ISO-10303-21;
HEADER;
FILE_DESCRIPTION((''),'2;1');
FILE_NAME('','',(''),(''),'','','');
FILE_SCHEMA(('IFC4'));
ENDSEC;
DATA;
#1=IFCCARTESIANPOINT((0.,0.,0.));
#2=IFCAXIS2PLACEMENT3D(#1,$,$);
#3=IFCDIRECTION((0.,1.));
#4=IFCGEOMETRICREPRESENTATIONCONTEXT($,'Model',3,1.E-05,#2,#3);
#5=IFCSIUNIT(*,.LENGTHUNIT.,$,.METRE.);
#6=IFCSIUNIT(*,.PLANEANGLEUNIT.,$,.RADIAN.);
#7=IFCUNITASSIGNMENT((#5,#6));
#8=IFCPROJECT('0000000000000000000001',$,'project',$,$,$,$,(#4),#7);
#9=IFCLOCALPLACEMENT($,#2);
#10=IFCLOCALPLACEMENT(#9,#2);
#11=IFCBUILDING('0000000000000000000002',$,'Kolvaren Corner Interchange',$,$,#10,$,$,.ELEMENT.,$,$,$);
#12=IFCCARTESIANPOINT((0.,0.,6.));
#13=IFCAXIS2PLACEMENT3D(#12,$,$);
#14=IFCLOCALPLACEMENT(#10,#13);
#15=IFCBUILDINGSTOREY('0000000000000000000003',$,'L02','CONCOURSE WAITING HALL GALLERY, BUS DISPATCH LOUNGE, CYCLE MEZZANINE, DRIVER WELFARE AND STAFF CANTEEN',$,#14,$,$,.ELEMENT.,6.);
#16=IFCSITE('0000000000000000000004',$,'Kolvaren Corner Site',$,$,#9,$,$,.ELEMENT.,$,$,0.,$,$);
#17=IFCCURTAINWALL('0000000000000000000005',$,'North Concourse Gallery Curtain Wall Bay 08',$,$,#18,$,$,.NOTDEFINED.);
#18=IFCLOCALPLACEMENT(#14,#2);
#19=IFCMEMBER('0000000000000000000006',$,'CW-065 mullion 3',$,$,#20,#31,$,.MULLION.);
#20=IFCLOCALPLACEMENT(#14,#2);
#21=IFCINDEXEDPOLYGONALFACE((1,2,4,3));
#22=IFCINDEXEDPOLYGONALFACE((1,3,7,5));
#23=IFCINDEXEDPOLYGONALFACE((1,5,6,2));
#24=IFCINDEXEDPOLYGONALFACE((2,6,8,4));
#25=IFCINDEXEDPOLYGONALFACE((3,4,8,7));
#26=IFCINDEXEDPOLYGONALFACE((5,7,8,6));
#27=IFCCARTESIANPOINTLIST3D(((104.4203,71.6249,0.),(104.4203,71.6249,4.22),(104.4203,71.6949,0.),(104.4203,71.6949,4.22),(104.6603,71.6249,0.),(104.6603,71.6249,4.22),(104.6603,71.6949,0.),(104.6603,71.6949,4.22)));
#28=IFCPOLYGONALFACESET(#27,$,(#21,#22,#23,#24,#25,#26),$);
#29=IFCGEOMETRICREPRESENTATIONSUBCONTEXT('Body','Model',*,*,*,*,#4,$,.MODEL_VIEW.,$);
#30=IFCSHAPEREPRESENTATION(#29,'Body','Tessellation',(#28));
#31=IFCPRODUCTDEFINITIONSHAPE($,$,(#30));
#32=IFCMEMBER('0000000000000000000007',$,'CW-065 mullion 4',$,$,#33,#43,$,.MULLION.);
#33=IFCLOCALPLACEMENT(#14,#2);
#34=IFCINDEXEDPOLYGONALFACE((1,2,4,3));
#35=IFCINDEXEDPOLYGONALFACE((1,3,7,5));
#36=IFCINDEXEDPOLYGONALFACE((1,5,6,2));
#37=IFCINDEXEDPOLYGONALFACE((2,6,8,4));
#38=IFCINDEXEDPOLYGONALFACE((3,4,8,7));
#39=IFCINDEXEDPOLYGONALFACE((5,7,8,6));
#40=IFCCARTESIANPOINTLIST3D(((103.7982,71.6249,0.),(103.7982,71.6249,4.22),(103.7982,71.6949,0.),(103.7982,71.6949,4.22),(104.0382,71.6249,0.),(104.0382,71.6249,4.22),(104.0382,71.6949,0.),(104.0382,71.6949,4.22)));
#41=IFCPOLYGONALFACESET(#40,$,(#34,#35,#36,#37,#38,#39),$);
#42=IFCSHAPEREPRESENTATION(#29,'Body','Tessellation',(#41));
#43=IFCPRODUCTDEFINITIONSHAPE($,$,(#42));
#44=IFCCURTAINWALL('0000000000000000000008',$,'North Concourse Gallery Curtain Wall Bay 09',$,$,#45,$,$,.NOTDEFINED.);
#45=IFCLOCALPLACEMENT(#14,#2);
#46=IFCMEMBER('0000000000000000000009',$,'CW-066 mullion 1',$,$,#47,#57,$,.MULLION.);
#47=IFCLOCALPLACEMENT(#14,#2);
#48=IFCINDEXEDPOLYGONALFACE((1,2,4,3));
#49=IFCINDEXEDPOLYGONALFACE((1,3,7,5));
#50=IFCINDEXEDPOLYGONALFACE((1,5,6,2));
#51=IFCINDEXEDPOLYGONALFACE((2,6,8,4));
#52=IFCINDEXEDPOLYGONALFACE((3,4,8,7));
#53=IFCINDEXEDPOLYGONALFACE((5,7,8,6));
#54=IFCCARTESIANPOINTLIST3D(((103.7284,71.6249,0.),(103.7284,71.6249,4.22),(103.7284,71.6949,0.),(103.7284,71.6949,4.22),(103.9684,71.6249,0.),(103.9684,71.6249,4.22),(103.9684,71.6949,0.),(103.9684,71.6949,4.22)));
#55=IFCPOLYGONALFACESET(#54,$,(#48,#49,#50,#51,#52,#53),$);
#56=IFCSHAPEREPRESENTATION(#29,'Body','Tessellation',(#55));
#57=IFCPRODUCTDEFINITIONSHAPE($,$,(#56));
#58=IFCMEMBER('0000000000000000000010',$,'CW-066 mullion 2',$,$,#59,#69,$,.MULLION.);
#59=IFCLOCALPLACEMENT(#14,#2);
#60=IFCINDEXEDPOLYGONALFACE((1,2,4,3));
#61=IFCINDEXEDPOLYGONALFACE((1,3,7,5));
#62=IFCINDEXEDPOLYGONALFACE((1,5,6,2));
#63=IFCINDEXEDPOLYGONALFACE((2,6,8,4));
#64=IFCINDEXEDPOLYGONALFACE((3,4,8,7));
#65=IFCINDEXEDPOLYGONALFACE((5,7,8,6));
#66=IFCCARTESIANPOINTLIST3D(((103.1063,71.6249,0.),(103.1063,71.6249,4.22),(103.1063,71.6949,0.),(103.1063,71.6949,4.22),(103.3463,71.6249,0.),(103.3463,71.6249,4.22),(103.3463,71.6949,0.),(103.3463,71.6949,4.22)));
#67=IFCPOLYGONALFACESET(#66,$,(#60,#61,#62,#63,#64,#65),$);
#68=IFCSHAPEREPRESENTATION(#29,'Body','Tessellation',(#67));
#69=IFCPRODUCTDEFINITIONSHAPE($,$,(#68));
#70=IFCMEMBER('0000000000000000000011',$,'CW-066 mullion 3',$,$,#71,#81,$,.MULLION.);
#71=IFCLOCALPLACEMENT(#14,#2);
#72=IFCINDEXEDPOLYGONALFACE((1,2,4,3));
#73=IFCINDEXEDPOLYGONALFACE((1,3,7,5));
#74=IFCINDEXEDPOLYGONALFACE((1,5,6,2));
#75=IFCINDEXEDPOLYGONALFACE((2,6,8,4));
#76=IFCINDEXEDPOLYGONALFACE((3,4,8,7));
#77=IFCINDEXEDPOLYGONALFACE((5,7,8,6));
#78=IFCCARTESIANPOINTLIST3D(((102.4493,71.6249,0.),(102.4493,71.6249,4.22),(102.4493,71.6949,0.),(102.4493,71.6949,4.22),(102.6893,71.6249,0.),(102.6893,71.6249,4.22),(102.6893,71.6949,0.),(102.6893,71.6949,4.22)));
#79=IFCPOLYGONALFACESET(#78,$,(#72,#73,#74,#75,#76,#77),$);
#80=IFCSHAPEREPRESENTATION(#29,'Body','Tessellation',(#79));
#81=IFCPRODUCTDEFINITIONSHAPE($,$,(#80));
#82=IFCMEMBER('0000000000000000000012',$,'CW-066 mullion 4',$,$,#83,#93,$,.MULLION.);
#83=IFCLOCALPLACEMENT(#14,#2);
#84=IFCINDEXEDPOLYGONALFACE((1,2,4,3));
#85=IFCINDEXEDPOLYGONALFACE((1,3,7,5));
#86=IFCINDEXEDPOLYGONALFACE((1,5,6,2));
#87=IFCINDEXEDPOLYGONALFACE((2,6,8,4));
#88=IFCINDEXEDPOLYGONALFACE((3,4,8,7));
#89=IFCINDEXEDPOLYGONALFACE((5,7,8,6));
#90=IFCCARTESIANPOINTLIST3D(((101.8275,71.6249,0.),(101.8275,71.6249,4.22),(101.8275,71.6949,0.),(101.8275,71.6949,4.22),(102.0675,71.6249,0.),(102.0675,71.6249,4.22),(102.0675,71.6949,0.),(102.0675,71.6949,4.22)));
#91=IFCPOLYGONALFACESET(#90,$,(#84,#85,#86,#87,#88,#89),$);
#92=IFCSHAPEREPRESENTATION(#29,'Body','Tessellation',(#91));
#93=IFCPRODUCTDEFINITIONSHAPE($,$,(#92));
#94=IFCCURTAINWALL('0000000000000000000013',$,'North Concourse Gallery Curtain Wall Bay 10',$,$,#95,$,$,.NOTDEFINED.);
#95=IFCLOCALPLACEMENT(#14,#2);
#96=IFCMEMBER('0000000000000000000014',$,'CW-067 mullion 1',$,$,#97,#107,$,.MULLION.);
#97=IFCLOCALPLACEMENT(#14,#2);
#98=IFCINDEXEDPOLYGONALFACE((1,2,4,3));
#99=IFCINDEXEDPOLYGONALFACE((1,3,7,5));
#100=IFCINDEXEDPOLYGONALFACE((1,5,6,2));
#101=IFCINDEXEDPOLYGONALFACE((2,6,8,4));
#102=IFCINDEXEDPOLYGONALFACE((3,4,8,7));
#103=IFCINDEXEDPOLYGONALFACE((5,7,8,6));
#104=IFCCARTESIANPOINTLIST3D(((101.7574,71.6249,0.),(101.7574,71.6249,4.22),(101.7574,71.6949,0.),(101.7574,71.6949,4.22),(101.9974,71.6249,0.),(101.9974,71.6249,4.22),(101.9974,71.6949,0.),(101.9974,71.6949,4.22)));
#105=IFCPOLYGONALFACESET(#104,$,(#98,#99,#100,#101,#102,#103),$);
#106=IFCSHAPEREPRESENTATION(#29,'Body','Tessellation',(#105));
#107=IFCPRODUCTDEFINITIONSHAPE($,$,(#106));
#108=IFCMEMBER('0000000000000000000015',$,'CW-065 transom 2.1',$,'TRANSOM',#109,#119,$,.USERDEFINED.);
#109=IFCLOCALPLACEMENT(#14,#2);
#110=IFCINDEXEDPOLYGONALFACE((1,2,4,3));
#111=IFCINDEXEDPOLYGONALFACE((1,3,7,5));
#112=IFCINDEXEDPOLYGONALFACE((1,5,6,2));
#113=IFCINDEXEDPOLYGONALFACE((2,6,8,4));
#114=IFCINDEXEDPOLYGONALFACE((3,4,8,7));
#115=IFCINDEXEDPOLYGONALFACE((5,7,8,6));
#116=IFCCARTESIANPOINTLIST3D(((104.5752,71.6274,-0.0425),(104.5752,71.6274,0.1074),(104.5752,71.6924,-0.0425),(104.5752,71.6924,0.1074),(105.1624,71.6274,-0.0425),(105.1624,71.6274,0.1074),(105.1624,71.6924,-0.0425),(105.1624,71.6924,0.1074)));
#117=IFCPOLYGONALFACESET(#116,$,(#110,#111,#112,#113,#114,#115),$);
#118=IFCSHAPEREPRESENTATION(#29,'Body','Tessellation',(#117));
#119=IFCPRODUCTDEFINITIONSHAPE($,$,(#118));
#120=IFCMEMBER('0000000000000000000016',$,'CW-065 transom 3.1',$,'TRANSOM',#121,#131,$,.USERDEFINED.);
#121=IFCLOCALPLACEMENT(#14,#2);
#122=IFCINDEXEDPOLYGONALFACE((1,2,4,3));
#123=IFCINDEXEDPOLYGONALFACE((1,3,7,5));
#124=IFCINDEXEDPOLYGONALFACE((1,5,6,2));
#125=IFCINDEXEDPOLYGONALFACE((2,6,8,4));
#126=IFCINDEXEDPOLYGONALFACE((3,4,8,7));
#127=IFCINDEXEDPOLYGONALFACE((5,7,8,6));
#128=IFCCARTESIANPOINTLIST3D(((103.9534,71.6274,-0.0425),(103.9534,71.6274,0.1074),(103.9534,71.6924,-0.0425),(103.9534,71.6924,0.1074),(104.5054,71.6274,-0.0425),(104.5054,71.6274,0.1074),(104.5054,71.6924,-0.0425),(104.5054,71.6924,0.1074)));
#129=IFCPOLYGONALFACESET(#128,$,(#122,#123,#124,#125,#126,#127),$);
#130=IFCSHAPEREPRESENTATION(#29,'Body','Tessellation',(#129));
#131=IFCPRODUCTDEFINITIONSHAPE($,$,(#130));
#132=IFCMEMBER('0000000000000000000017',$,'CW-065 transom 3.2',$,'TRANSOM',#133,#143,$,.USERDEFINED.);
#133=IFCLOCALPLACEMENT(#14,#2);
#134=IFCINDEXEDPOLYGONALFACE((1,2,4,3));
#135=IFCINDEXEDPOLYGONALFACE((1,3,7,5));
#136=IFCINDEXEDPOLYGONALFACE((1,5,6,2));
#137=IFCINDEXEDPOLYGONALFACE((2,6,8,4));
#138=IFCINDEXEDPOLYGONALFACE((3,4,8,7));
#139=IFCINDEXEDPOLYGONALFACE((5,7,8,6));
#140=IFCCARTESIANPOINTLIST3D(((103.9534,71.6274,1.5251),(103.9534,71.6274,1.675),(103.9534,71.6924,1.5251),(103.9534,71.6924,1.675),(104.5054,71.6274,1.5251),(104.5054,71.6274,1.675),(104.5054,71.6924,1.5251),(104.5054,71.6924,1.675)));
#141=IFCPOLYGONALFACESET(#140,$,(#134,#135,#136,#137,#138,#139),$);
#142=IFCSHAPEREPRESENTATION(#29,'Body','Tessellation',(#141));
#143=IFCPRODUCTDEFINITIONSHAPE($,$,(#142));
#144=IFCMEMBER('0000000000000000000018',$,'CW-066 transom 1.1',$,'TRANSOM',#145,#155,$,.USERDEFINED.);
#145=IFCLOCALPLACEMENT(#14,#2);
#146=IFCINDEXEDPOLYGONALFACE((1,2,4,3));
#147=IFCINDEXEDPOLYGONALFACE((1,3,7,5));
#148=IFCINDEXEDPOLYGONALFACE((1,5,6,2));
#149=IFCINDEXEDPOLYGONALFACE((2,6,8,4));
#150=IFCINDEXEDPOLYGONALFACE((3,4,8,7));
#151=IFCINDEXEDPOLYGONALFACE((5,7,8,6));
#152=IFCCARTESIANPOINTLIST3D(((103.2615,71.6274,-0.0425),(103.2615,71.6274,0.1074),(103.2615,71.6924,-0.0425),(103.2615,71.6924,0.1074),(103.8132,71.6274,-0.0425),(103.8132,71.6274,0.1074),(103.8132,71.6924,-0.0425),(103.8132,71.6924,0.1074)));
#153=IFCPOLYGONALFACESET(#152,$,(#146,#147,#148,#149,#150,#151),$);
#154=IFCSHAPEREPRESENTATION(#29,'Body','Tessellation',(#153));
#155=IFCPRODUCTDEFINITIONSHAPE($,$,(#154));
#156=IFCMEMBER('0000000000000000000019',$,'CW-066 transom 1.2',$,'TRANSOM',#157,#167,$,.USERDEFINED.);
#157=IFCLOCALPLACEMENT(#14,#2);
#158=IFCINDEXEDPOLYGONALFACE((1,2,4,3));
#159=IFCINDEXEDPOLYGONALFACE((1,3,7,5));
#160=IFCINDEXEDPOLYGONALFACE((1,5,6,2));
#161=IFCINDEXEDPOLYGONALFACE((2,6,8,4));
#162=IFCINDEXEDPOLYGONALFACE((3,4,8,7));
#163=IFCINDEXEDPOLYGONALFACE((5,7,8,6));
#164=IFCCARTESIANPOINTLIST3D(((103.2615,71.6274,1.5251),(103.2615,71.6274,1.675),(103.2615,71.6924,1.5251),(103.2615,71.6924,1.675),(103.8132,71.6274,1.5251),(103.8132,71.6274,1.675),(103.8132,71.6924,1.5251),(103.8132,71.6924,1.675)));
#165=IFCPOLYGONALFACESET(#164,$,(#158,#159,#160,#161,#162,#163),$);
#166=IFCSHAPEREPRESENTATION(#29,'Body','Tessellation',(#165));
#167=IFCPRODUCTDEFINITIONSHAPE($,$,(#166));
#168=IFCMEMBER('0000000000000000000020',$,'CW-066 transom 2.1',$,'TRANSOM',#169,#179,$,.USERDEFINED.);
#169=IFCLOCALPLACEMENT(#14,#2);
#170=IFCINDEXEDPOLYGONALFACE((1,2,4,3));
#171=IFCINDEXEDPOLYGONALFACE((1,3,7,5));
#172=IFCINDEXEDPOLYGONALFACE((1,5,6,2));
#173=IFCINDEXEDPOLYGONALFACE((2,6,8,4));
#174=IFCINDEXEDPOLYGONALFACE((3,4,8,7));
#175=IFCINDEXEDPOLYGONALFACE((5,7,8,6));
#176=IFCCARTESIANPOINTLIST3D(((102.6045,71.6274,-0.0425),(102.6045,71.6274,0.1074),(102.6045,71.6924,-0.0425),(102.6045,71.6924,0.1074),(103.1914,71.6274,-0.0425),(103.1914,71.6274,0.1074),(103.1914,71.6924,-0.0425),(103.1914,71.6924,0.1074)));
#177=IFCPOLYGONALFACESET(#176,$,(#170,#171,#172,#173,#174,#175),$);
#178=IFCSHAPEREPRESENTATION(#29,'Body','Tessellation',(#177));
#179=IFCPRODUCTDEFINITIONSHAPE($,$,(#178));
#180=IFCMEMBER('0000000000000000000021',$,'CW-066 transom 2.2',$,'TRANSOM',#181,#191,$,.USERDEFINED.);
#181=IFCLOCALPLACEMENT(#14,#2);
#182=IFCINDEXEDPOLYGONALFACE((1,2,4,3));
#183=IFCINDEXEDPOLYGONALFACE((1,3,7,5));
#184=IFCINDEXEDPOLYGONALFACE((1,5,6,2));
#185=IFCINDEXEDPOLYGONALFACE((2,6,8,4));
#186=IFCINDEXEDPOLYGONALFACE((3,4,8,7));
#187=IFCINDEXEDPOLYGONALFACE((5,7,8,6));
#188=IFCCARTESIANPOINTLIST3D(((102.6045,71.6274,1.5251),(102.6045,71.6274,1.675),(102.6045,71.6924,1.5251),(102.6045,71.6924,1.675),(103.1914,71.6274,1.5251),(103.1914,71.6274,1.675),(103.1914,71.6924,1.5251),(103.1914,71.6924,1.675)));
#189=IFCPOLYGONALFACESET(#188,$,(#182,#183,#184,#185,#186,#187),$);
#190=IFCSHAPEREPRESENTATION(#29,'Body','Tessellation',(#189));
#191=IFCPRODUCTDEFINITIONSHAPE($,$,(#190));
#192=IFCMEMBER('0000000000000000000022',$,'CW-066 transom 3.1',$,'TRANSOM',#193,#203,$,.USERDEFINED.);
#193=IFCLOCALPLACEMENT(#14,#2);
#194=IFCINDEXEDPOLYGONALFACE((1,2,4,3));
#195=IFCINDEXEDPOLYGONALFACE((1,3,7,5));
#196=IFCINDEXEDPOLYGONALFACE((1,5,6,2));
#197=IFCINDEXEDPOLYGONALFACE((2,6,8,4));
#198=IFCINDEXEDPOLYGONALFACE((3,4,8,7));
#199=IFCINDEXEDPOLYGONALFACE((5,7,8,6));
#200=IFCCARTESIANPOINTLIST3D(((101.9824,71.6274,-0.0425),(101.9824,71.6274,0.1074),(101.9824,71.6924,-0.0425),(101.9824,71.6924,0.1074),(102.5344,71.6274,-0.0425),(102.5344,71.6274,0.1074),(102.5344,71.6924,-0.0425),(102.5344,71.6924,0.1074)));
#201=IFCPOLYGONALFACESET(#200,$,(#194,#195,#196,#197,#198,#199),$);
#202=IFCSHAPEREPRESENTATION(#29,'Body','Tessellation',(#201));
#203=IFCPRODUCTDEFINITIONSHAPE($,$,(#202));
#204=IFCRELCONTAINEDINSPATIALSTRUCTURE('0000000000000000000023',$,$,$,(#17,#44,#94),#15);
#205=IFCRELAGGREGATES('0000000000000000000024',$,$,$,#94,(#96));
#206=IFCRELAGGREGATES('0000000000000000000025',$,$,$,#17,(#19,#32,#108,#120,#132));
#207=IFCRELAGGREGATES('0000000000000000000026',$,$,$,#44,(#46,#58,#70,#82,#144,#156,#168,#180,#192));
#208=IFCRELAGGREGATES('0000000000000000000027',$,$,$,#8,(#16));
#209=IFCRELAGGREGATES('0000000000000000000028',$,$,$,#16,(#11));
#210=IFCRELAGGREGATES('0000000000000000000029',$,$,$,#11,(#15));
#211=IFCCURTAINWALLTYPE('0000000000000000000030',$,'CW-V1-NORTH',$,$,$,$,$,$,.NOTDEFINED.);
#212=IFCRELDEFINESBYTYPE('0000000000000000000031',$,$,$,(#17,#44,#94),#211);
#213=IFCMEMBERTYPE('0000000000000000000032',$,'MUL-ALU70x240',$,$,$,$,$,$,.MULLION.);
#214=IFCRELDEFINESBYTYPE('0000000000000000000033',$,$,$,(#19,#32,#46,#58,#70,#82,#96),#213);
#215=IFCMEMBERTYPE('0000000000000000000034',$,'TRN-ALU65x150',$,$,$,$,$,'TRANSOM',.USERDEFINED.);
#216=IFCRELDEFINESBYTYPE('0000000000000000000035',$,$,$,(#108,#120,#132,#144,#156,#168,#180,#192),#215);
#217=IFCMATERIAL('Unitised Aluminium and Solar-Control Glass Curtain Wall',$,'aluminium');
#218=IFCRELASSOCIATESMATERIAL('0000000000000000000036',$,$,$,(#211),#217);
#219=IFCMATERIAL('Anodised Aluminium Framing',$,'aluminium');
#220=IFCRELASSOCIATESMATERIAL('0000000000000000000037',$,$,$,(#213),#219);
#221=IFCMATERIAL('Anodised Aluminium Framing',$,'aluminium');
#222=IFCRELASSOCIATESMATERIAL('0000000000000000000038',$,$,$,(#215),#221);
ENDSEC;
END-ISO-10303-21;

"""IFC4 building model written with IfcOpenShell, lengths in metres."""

from ifc_helpers import new_model, si_unit, direction, frame, origin, origin_2d, place, context, subcontext, project, spatial, rectangle, extrude, material, material_profile, profile_set, type_object, element, aggregate, save


model = new_model("IFC4")

# Units and contexts
model_context = context("Model", 3, precision=1e-05, world=origin(), true_north=direction((0.0, 1.0)))
body_context = subcontext(model_context, "Body", "Model", "MODEL_VIEW")
ifc_project = project(units=[si_unit("LENGTHUNIT", "METRE"), si_unit("PLANEANGLEUNIT", "RADIAN")], contexts=[model_context])

# Site, building, storey
site_placement = place(None, origin())
site = spatial("IfcSite", under=ifc_project, at=site_placement, Name="Kolvaren Corner Site", CompositionType="ELEMENT", RefElevation=0.0)
building_placement = place(site_placement, origin())
building = spatial("IfcBuilding", under=site, at=building_placement, Name="Kolvaren Corner Interchange", CompositionType="ELEMENT")
storey_placement = place(building_placement, frame((0.0, 0.0, 6.0)))
storey = spatial("IfcBuildingStorey", under=building, at=storey_placement, Name="L02", Description="CONCOURSE WAITING HALL GALLERY, BUS DISPATCH LOUNGE, CYCLE MEZZANINE, DRIVER WELFARE AND STAFF CANTEEN", CompositionType="ELEMENT", Elevation=6.0)

# Curtain walls, members
ifc_material_1 = material(Name="Unitised Aluminium and Solar-Control Glass Curtain Wall", Category="aluminium")
curtain_wall_type = type_object("IfcCurtainWallType", Name="CW-V1-NORTH", PredefinedType="NOTDEFINED", material=ifc_material_1)
curtain_wall_1_placement = place(storey_placement, origin())
curtain_wall_1 = element("IfcCurtainWall", 1, at=curtain_wall_1_placement, inside=storey, type_object=curtain_wall_type, Name="North Concourse Gallery Curtain Wall Bay 08", PredefinedType="NOTDEFINED")
ifc_material_2 = material(Name="Anodised Aluminium Framing", Category="aluminium")
ifc_material_profile_1 = material_profile(ifc_material_2, rectangle(XDim=0.0701, YDim=0.24, at=origin_2d()), Name="ALU 70x240")
ifc_profile_set_1 = profile_set([ifc_material_profile_1], Name="Anodised Aluminium Framing")
member_type_1 = type_object("IfcMemberType", Name="MUL-ALU70x240", PredefinedType="MULLION", material=ifc_profile_set_1)
member_1_placement = place(storey_placement, frame((104.5403, 71.6599, 0.0), z_axis=(0.0, 0.0, 1.0), x_axis=(0.0, -1.0, 0.0)))
member_1 = element("IfcMember", 2, at=member_1_placement, type_object=member_type_1, Name="CW-065 mullion 3", PredefinedType="MULLION", context=body_context, shape_type="SweptSolid", body=[
    extrude(rectangle(XDim=0.0701, YDim=0.24, at=origin_2d()), origin(), (0.0, 0.0, 1.0), 4.22),
])
member_2_placement = place(storey_placement, frame((103.9182, 71.6599, 0.0), z_axis=(0.0, 0.0, 1.0), x_axis=(0.0, -1.0, 0.0)))
member_2 = element("IfcMember", 3, at=member_2_placement, type_object=member_type_1, Name="CW-065 mullion 4", PredefinedType="MULLION", context=body_context, shape_type="SweptSolid", body=[
    extrude(rectangle(XDim=0.0701, YDim=0.24, at=origin_2d()), origin(), (0.0, 0.0, 1.0), 4.22),
])
curtain_wall_2_placement = place(storey_placement, origin())
curtain_wall_2 = element("IfcCurtainWall", 4, at=curtain_wall_2_placement, inside=storey, type_object=curtain_wall_type, Name="North Concourse Gallery Curtain Wall Bay 09", PredefinedType="NOTDEFINED")
member_3_placement = place(storey_placement, frame((103.8484, 71.6599, 0.0), z_axis=(0.0, 0.0, 1.0), x_axis=(0.0, -1.0, 0.0)))
member_3 = element("IfcMember", 5, at=member_3_placement, type_object=member_type_1, Name="CW-066 mullion 1", PredefinedType="MULLION", context=body_context, shape_type="SweptSolid", body=[
    extrude(rectangle(XDim=0.0701, YDim=0.24, at=origin_2d()), origin(), (0.0, 0.0, 1.0), 4.22),
])
member_4_placement = place(storey_placement, frame((103.2263, 71.6599, 0.0), z_axis=(0.0, 0.0, 1.0), x_axis=(0.0, -1.0, 0.0)))
member_4 = element("IfcMember", 6, at=member_4_placement, type_object=member_type_1, Name="CW-066 mullion 2", PredefinedType="MULLION", context=body_context, shape_type="SweptSolid", body=[
    extrude(rectangle(XDim=0.0701, YDim=0.24, at=origin_2d()), origin(), (0.0, 0.0, 1.0), 4.22),
])
member_5_placement = place(storey_placement, frame((102.5693, 71.6599, 0.0), z_axis=(0.0, 0.0, 1.0), x_axis=(0.0, -1.0, 0.0)))
member_5 = element("IfcMember", 7, at=member_5_placement, type_object=member_type_1, Name="CW-066 mullion 3", PredefinedType="MULLION", context=body_context, shape_type="SweptSolid", body=[
    extrude(rectangle(XDim=0.0701, YDim=0.24, at=origin_2d()), origin(), (0.0, 0.0, 1.0), 4.22),
])
member_6_placement = place(storey_placement, frame((101.9475, 71.6599, 0.0), z_axis=(0.0, 0.0, 1.0), x_axis=(0.0, -1.0, 0.0)))
member_6 = element("IfcMember", 8, at=member_6_placement, type_object=member_type_1, Name="CW-066 mullion 4", PredefinedType="MULLION", context=body_context, shape_type="SweptSolid", body=[
    extrude(rectangle(XDim=0.0701, YDim=0.24, at=origin_2d()), origin(), (0.0, 0.0, 1.0), 4.22),
])

# Curtain wall, member
curtain_wall_3_placement = place(storey_placement, origin())
curtain_wall_3 = element("IfcCurtainWall", 9, at=curtain_wall_3_placement, inside=storey, type_object=curtain_wall_type, Name="North Concourse Gallery Curtain Wall Bay 10", PredefinedType="NOTDEFINED")
member_7_placement = place(storey_placement, frame((101.8774, 71.6599, 0.0), z_axis=(0.0, 0.0, 1.0), x_axis=(0.0, -1.0, 0.0)))
member_7 = element("IfcMember", 10, at=member_7_placement, type_object=member_type_1, Name="CW-067 mullion 1", PredefinedType="MULLION", context=body_context, shape_type="SweptSolid", body=[
    extrude(rectangle(XDim=0.0701, YDim=0.24, at=origin_2d()), origin(), (0.0, 0.0, 1.0), 4.22),
])

# Members
ifc_material_3 = material(Name="Anodised Aluminium Framing", Category="aluminium")
ifc_material_profile_2 = material_profile(ifc_material_3, rectangle(XDim=0.0649, YDim=0.1499, at=origin_2d()), Name="ALU 65x150")
ifc_profile_set_2 = profile_set([ifc_material_profile_2], Name="Anodised Aluminium Framing")
member_type_2 = type_object("IfcMemberType", Name="TRN-ALU65x150", ElementType="TRANSOM", PredefinedType="USERDEFINED", material=ifc_profile_set_2)
member_8_placement = place(storey_placement, frame((105.1624, 71.6599, 0.0325), z_axis=(-1.0, 0.0, 0.0), x_axis=(0.0, -1.0, 0.0)))
member_8 = element("IfcMember", 11, at=member_8_placement, type_object=member_type_2, Name="CW-065 transom 2.1", ObjectType="TRANSOM", PredefinedType="USERDEFINED", context=body_context, shape_type="SweptSolid", body=[
    extrude(rectangle(XDim=0.0649, YDim=0.1499, at=origin_2d()), origin(), (0.0, 0.0, 1.0), 0.5872),
])
member_9_placement = place(storey_placement, frame((104.5054, 71.6599, 0.0325), z_axis=(-1.0, 0.0, 0.0), x_axis=(0.0, -1.0, 0.0)))
member_9 = element("IfcMember", 12, at=member_9_placement, type_object=member_type_2, Name="CW-065 transom 3.1", ObjectType="TRANSOM", PredefinedType="USERDEFINED", context=body_context, shape_type="SweptSolid", body=[
    extrude(rectangle(XDim=0.0649, YDim=0.1499, at=origin_2d()), origin(), (0.0, 0.0, 1.0), 0.552),
])
member_10_placement = place(storey_placement, frame((104.5054, 71.6599, 1.6001), z_axis=(-1.0, 0.0, 0.0), x_axis=(0.0, -1.0, 0.0)))
member_10 = element("IfcMember", 13, at=member_10_placement, type_object=member_type_2, Name="CW-065 transom 3.2", ObjectType="TRANSOM", PredefinedType="USERDEFINED", context=body_context, shape_type="SweptSolid", body=[
    extrude(rectangle(XDim=0.0649, YDim=0.1499, at=origin_2d()), origin(), (0.0, 0.0, 1.0), 0.552),
])
member_11_placement = place(storey_placement, frame((103.8132, 71.6599, 0.0325), z_axis=(-1.0, 0.0, 0.0), x_axis=(0.0, -1.0, 0.0)))
member_11 = element("IfcMember", 14, at=member_11_placement, type_object=member_type_2, Name="CW-066 transom 1.1", ObjectType="TRANSOM", PredefinedType="USERDEFINED", context=body_context, shape_type="SweptSolid", body=[
    extrude(rectangle(XDim=0.0649, YDim=0.1499, at=origin_2d()), origin(), (0.0, 0.0, 1.0), 0.5518),
])
member_12_placement = place(storey_placement, frame((103.8132, 71.6599, 1.6001), z_axis=(-1.0, 0.0, 0.0), x_axis=(0.0, -1.0, 0.0)))
member_12 = element("IfcMember", 15, at=member_12_placement, type_object=member_type_2, Name="CW-066 transom 1.2", ObjectType="TRANSOM", PredefinedType="USERDEFINED", context=body_context, shape_type="SweptSolid", body=[
    extrude(rectangle(XDim=0.0649, YDim=0.1499, at=origin_2d()), origin(), (0.0, 0.0, 1.0), 0.5518),
])
member_13_placement = place(storey_placement, frame((103.1914, 71.6599, 0.0325), z_axis=(-1.0, 0.0, 0.0), x_axis=(0.0, -1.0, 0.0)))
member_13 = element("IfcMember", 16, at=member_13_placement, type_object=member_type_2, Name="CW-066 transom 2.1", ObjectType="TRANSOM", PredefinedType="USERDEFINED", context=body_context, shape_type="SweptSolid", body=[
    extrude(rectangle(XDim=0.0649, YDim=0.1499, at=origin_2d()), origin(), (0.0, 0.0, 1.0), 0.5869),
])
member_14_placement = place(storey_placement, frame((103.1914, 71.6599, 1.6001), z_axis=(-1.0, 0.0, 0.0), x_axis=(0.0, -1.0, 0.0)))
member_14 = element("IfcMember", 17, at=member_14_placement, type_object=member_type_2, Name="CW-066 transom 2.2", ObjectType="TRANSOM", PredefinedType="USERDEFINED", context=body_context, shape_type="SweptSolid", body=[
    extrude(rectangle(XDim=0.0649, YDim=0.1499, at=origin_2d()), origin(), (0.0, 0.0, 1.0), 0.5869),
])
member_15_placement = place(storey_placement, frame((102.5344, 71.6599, 0.0325), z_axis=(-1.0, 0.0, 0.0), x_axis=(0.0, -1.0, 0.0)))
member_15 = element("IfcMember", 18, at=member_15_placement, type_object=member_type_2, Name="CW-066 transom 3.1", ObjectType="TRANSOM", PredefinedType="USERDEFINED", context=body_context, shape_type="SweptSolid", body=[
    extrude(rectangle(XDim=0.0649, YDim=0.1499, at=origin_2d()), origin(), (0.0, 0.0, 1.0), 0.552),
])
aggregate(curtain_wall_3, [member_7])

aggregate(curtain_wall_1, [member_1, member_2, member_8, member_9, member_10])
aggregate(curtain_wall_2, [member_3, member_4, member_5, member_6, member_11, member_12, member_13, member_14, member_15])

save(model, "model.ifc")
